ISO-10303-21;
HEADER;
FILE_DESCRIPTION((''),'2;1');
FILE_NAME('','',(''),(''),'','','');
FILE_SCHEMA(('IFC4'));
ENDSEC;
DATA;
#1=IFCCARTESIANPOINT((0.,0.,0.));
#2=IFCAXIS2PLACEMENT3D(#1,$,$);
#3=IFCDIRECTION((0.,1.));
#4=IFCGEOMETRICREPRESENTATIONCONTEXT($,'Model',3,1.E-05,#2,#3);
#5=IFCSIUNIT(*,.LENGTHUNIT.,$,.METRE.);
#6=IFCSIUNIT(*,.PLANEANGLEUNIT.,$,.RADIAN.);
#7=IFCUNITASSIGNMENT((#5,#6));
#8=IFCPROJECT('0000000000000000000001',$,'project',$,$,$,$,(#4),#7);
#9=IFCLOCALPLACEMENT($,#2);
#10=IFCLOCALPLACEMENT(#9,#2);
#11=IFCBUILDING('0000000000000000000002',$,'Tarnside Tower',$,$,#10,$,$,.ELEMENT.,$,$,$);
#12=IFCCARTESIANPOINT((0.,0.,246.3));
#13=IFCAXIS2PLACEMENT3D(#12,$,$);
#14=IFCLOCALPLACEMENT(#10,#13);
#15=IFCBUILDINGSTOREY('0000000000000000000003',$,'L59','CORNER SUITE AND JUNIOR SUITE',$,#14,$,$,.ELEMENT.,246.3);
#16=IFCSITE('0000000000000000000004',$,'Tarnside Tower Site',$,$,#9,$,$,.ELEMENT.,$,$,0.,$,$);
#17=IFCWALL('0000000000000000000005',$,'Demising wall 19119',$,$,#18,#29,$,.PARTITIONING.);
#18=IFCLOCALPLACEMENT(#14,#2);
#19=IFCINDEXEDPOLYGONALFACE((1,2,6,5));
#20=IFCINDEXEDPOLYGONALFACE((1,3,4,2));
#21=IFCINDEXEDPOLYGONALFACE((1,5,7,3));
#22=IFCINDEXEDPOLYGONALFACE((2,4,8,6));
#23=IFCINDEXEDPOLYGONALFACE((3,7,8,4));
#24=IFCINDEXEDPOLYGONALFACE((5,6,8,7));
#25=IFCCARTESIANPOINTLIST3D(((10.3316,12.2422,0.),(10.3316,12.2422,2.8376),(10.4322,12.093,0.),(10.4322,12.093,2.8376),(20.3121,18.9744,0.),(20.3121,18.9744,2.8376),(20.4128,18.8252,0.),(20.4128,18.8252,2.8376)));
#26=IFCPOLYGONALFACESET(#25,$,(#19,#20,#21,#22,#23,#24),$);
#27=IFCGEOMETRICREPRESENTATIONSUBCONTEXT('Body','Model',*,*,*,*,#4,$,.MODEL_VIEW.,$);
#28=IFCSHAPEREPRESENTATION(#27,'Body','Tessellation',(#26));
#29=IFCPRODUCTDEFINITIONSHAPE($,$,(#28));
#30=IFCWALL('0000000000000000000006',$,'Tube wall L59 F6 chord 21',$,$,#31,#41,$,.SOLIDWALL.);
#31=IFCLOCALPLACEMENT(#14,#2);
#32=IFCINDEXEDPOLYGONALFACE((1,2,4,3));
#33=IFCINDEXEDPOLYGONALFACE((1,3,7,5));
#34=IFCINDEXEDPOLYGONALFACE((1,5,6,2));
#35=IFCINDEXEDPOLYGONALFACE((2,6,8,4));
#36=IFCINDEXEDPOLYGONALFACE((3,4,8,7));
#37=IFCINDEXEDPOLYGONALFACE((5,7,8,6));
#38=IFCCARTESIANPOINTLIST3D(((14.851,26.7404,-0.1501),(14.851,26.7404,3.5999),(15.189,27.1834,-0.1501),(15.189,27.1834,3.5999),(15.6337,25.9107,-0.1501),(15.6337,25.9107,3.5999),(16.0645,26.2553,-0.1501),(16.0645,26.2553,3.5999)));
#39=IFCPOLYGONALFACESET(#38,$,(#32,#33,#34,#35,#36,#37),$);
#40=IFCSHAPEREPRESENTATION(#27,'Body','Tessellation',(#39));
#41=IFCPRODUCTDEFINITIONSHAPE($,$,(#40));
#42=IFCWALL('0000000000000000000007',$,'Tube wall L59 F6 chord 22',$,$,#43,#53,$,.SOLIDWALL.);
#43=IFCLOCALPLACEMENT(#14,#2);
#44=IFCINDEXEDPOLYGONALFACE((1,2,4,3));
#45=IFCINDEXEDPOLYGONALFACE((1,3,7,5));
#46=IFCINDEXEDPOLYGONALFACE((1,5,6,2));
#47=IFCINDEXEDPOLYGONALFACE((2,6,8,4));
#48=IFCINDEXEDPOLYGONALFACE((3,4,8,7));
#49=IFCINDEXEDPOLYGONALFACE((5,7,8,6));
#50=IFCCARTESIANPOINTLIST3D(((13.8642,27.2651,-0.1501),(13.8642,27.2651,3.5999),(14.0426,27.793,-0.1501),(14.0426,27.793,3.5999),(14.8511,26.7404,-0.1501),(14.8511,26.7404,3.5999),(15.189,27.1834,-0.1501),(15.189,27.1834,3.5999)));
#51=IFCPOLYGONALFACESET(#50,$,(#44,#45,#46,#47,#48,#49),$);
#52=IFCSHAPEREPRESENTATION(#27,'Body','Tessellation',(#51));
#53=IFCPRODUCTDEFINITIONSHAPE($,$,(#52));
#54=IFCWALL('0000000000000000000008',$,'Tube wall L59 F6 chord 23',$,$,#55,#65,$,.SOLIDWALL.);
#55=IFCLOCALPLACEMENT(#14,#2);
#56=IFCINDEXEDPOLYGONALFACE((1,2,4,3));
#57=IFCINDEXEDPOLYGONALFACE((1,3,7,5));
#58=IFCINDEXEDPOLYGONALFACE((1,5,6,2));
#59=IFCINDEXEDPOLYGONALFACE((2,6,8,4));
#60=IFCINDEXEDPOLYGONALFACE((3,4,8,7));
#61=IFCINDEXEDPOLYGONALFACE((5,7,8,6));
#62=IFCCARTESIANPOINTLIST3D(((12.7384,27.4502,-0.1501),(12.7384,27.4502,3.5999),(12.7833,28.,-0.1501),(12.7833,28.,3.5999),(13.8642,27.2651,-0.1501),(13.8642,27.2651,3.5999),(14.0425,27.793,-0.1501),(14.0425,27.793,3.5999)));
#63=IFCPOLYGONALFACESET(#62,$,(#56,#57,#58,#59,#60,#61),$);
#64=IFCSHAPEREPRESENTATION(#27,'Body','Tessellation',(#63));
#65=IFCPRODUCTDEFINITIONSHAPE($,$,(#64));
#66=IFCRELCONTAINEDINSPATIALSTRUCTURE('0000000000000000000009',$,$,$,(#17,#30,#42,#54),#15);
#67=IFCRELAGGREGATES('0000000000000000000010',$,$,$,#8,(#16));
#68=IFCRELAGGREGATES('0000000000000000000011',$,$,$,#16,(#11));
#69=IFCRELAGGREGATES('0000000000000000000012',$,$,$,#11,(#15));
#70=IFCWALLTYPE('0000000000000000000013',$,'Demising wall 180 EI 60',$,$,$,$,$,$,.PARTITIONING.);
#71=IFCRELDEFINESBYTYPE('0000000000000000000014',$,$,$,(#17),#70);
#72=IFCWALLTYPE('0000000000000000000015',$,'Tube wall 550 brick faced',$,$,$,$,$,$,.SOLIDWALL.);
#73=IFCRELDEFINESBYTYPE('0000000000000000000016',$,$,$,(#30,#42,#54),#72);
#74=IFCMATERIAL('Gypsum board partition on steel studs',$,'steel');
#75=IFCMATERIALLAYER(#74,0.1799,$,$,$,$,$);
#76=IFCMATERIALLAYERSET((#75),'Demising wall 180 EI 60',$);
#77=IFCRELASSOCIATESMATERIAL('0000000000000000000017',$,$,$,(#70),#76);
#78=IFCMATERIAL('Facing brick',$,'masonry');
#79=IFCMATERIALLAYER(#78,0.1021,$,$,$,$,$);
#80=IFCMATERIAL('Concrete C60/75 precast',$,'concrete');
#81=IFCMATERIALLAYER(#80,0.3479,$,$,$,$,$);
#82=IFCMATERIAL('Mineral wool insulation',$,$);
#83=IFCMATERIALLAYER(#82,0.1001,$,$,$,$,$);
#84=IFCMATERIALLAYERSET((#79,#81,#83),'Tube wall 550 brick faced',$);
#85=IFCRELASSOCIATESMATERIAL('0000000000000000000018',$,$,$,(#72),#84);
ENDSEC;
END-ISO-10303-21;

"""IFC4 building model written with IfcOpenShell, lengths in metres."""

from ifc_helpers import new_model, si_unit, direction, frame, frame_2d, origin, place, context, subcontext, project, spatial, polyline, rectangle, outline, extrude, material, layer, layer_set, type_object, element, save


model = new_model("IFC4")

# Units and contexts
model_context = context("Model", 3, precision=1e-05, world=origin(), true_north=direction((0.0, 1.0)))
body_context = subcontext(model_context, "Body", "Model", "MODEL_VIEW")
ifc_project = project(units=[si_unit("LENGTHUNIT", "METRE"), si_unit("PLANEANGLEUNIT", "RADIAN")], contexts=[model_context])

# Site, building, storey
site_placement = place(None, origin())
site = spatial("IfcSite", under=ifc_project, at=site_placement, Name="Tarnside Tower Site", CompositionType="ELEMENT", RefElevation=0.0)
building_placement = place(site_placement, origin())
building = spatial("IfcBuilding", under=site, at=building_placement, Name="Tarnside Tower", CompositionType="ELEMENT")
storey_placement = place(building_placement, frame((0.0, 0.0, 246.3)))
storey = spatial("IfcBuildingStorey", under=building, at=storey_placement, Name="L59", Description="CORNER SUITE AND JUNIOR SUITE", CompositionType="ELEMENT", Elevation=246.3)

# Shared definitions
ifc_material_1 = material(Name="Gypsum board partition on steel studs", Category="steel")

# Walls
ifc_layer_1 = layer(ifc_material_1, 0.1799)
ifc_layer_set_1 = layer_set([ifc_layer_1], Name="Demising wall 180 EI 60")
wall_type_1 = type_object("IfcWallType", Name="Demising wall 180 EI 60", PredefinedType="PARTITIONING", material=ifc_layer_set_1)
wall_1_placement = place(storey_placement, frame((20.3625, 18.8999, 0.0), z_axis=(0.0, 0.0, 1.0), x_axis=(-0.829027, -0.559208, 0.0)))
element("IfcWall", 1, at=wall_1_placement, inside=storey, type_object=wall_type_1, Name="Demising wall 19119", PredefinedType="PARTITIONING", context=body_context, shape_type="SweptSolid", body=[
    extrude(rectangle(XDim=12.0388, YDim=0.1799, at=frame_2d((6.0195, 0.0))), origin(), (0.0, 0.0, 1.0), 2.8376),
])
ifc_material_2 = material(Name="Facing brick", Category="masonry")
ifc_layer_2 = layer(ifc_material_2, 0.1021)
ifc_material_3 = material(Name="Concrete C60/75 precast", Category="concrete")
ifc_layer_3 = layer(ifc_material_3, 0.3479)
ifc_material_4 = material(Name="Mineral wool insulation")
ifc_layer_4 = layer(ifc_material_4, 0.1001)
ifc_layer_set_2 = layer_set([ifc_layer_2, ifc_layer_3, ifc_layer_4], Name="Tube wall 550 brick faced")
wall_type_2 = type_object("IfcWallType", Name="Tube wall 550 brick faced", PredefinedType="SOLIDWALL", material=ifc_layer_set_2)
wall_2_placement = place(storey_placement, frame((15.8491, 26.083, -0.1501), z_axis=(0.0, 0.0, 1.0), x_axis=(-0.686196, 0.727416, 0.0)))
element("IfcWall", 2, at=wall_2_placement, inside=storey, type_object=wall_type_2, Name="Tube wall L59 F6 chord 21", PredefinedType="SOLIDWALL", context=body_context, shape_type="SweptSolid", body=[
    extrude(outline(polyline([(-0.0225, -0.2749), (1.2534, -0.2749), (1.1631, 0.2749), (0.0225, 0.2749), (-0.0225, -0.2749)])), origin(), (0.0, 0.0, 1.0), 3.75),
])
wall_3_placement = place(storey_placement, frame((15.02, 26.9619, -0.1501), z_axis=(0.0, 0.0, 1.0), x_axis=(-0.882951, 0.469465, 0.0)))
element("IfcWall", 3, at=wall_3_placement, inside=storey, type_object=wall_type_2, Name="Tube wall L59 F6 chord 22", PredefinedType="SOLIDWALL", context=body_context, shape_type="SweptSolid", body=[
    extrude(outline(polyline([(-0.0452, -0.2749), (1.2532, -0.2749), (1.1628, 0.2749), (0.0452, 0.2749), (-0.0452, -0.2749)])), origin(), (0.0, 0.0, 1.0), 3.75),
])
wall_4_placement = place(storey_placement, frame((13.9534, 27.5291, -0.1501), z_axis=(0.0, 0.0, 1.0), x_axis=(-0.986752, 0.162236, 0.0)))
element("IfcWall", 4, at=wall_4_placement, inside=storey, type_object=wall_type_2, Name="Tube wall L59 F6 chord 23", PredefinedType="SOLIDWALL", context=body_context, shape_type="SweptSolid", body=[
    extrude(outline(polyline([(-0.0452, -0.2749), (1.231, -0.2749), (1.186, 0.2749), (0.0452, 0.2749), (-0.0452, -0.2749)])), origin(), (0.0, 0.0, 1.0), 3.75),
])

save(model, "model.ifc")
